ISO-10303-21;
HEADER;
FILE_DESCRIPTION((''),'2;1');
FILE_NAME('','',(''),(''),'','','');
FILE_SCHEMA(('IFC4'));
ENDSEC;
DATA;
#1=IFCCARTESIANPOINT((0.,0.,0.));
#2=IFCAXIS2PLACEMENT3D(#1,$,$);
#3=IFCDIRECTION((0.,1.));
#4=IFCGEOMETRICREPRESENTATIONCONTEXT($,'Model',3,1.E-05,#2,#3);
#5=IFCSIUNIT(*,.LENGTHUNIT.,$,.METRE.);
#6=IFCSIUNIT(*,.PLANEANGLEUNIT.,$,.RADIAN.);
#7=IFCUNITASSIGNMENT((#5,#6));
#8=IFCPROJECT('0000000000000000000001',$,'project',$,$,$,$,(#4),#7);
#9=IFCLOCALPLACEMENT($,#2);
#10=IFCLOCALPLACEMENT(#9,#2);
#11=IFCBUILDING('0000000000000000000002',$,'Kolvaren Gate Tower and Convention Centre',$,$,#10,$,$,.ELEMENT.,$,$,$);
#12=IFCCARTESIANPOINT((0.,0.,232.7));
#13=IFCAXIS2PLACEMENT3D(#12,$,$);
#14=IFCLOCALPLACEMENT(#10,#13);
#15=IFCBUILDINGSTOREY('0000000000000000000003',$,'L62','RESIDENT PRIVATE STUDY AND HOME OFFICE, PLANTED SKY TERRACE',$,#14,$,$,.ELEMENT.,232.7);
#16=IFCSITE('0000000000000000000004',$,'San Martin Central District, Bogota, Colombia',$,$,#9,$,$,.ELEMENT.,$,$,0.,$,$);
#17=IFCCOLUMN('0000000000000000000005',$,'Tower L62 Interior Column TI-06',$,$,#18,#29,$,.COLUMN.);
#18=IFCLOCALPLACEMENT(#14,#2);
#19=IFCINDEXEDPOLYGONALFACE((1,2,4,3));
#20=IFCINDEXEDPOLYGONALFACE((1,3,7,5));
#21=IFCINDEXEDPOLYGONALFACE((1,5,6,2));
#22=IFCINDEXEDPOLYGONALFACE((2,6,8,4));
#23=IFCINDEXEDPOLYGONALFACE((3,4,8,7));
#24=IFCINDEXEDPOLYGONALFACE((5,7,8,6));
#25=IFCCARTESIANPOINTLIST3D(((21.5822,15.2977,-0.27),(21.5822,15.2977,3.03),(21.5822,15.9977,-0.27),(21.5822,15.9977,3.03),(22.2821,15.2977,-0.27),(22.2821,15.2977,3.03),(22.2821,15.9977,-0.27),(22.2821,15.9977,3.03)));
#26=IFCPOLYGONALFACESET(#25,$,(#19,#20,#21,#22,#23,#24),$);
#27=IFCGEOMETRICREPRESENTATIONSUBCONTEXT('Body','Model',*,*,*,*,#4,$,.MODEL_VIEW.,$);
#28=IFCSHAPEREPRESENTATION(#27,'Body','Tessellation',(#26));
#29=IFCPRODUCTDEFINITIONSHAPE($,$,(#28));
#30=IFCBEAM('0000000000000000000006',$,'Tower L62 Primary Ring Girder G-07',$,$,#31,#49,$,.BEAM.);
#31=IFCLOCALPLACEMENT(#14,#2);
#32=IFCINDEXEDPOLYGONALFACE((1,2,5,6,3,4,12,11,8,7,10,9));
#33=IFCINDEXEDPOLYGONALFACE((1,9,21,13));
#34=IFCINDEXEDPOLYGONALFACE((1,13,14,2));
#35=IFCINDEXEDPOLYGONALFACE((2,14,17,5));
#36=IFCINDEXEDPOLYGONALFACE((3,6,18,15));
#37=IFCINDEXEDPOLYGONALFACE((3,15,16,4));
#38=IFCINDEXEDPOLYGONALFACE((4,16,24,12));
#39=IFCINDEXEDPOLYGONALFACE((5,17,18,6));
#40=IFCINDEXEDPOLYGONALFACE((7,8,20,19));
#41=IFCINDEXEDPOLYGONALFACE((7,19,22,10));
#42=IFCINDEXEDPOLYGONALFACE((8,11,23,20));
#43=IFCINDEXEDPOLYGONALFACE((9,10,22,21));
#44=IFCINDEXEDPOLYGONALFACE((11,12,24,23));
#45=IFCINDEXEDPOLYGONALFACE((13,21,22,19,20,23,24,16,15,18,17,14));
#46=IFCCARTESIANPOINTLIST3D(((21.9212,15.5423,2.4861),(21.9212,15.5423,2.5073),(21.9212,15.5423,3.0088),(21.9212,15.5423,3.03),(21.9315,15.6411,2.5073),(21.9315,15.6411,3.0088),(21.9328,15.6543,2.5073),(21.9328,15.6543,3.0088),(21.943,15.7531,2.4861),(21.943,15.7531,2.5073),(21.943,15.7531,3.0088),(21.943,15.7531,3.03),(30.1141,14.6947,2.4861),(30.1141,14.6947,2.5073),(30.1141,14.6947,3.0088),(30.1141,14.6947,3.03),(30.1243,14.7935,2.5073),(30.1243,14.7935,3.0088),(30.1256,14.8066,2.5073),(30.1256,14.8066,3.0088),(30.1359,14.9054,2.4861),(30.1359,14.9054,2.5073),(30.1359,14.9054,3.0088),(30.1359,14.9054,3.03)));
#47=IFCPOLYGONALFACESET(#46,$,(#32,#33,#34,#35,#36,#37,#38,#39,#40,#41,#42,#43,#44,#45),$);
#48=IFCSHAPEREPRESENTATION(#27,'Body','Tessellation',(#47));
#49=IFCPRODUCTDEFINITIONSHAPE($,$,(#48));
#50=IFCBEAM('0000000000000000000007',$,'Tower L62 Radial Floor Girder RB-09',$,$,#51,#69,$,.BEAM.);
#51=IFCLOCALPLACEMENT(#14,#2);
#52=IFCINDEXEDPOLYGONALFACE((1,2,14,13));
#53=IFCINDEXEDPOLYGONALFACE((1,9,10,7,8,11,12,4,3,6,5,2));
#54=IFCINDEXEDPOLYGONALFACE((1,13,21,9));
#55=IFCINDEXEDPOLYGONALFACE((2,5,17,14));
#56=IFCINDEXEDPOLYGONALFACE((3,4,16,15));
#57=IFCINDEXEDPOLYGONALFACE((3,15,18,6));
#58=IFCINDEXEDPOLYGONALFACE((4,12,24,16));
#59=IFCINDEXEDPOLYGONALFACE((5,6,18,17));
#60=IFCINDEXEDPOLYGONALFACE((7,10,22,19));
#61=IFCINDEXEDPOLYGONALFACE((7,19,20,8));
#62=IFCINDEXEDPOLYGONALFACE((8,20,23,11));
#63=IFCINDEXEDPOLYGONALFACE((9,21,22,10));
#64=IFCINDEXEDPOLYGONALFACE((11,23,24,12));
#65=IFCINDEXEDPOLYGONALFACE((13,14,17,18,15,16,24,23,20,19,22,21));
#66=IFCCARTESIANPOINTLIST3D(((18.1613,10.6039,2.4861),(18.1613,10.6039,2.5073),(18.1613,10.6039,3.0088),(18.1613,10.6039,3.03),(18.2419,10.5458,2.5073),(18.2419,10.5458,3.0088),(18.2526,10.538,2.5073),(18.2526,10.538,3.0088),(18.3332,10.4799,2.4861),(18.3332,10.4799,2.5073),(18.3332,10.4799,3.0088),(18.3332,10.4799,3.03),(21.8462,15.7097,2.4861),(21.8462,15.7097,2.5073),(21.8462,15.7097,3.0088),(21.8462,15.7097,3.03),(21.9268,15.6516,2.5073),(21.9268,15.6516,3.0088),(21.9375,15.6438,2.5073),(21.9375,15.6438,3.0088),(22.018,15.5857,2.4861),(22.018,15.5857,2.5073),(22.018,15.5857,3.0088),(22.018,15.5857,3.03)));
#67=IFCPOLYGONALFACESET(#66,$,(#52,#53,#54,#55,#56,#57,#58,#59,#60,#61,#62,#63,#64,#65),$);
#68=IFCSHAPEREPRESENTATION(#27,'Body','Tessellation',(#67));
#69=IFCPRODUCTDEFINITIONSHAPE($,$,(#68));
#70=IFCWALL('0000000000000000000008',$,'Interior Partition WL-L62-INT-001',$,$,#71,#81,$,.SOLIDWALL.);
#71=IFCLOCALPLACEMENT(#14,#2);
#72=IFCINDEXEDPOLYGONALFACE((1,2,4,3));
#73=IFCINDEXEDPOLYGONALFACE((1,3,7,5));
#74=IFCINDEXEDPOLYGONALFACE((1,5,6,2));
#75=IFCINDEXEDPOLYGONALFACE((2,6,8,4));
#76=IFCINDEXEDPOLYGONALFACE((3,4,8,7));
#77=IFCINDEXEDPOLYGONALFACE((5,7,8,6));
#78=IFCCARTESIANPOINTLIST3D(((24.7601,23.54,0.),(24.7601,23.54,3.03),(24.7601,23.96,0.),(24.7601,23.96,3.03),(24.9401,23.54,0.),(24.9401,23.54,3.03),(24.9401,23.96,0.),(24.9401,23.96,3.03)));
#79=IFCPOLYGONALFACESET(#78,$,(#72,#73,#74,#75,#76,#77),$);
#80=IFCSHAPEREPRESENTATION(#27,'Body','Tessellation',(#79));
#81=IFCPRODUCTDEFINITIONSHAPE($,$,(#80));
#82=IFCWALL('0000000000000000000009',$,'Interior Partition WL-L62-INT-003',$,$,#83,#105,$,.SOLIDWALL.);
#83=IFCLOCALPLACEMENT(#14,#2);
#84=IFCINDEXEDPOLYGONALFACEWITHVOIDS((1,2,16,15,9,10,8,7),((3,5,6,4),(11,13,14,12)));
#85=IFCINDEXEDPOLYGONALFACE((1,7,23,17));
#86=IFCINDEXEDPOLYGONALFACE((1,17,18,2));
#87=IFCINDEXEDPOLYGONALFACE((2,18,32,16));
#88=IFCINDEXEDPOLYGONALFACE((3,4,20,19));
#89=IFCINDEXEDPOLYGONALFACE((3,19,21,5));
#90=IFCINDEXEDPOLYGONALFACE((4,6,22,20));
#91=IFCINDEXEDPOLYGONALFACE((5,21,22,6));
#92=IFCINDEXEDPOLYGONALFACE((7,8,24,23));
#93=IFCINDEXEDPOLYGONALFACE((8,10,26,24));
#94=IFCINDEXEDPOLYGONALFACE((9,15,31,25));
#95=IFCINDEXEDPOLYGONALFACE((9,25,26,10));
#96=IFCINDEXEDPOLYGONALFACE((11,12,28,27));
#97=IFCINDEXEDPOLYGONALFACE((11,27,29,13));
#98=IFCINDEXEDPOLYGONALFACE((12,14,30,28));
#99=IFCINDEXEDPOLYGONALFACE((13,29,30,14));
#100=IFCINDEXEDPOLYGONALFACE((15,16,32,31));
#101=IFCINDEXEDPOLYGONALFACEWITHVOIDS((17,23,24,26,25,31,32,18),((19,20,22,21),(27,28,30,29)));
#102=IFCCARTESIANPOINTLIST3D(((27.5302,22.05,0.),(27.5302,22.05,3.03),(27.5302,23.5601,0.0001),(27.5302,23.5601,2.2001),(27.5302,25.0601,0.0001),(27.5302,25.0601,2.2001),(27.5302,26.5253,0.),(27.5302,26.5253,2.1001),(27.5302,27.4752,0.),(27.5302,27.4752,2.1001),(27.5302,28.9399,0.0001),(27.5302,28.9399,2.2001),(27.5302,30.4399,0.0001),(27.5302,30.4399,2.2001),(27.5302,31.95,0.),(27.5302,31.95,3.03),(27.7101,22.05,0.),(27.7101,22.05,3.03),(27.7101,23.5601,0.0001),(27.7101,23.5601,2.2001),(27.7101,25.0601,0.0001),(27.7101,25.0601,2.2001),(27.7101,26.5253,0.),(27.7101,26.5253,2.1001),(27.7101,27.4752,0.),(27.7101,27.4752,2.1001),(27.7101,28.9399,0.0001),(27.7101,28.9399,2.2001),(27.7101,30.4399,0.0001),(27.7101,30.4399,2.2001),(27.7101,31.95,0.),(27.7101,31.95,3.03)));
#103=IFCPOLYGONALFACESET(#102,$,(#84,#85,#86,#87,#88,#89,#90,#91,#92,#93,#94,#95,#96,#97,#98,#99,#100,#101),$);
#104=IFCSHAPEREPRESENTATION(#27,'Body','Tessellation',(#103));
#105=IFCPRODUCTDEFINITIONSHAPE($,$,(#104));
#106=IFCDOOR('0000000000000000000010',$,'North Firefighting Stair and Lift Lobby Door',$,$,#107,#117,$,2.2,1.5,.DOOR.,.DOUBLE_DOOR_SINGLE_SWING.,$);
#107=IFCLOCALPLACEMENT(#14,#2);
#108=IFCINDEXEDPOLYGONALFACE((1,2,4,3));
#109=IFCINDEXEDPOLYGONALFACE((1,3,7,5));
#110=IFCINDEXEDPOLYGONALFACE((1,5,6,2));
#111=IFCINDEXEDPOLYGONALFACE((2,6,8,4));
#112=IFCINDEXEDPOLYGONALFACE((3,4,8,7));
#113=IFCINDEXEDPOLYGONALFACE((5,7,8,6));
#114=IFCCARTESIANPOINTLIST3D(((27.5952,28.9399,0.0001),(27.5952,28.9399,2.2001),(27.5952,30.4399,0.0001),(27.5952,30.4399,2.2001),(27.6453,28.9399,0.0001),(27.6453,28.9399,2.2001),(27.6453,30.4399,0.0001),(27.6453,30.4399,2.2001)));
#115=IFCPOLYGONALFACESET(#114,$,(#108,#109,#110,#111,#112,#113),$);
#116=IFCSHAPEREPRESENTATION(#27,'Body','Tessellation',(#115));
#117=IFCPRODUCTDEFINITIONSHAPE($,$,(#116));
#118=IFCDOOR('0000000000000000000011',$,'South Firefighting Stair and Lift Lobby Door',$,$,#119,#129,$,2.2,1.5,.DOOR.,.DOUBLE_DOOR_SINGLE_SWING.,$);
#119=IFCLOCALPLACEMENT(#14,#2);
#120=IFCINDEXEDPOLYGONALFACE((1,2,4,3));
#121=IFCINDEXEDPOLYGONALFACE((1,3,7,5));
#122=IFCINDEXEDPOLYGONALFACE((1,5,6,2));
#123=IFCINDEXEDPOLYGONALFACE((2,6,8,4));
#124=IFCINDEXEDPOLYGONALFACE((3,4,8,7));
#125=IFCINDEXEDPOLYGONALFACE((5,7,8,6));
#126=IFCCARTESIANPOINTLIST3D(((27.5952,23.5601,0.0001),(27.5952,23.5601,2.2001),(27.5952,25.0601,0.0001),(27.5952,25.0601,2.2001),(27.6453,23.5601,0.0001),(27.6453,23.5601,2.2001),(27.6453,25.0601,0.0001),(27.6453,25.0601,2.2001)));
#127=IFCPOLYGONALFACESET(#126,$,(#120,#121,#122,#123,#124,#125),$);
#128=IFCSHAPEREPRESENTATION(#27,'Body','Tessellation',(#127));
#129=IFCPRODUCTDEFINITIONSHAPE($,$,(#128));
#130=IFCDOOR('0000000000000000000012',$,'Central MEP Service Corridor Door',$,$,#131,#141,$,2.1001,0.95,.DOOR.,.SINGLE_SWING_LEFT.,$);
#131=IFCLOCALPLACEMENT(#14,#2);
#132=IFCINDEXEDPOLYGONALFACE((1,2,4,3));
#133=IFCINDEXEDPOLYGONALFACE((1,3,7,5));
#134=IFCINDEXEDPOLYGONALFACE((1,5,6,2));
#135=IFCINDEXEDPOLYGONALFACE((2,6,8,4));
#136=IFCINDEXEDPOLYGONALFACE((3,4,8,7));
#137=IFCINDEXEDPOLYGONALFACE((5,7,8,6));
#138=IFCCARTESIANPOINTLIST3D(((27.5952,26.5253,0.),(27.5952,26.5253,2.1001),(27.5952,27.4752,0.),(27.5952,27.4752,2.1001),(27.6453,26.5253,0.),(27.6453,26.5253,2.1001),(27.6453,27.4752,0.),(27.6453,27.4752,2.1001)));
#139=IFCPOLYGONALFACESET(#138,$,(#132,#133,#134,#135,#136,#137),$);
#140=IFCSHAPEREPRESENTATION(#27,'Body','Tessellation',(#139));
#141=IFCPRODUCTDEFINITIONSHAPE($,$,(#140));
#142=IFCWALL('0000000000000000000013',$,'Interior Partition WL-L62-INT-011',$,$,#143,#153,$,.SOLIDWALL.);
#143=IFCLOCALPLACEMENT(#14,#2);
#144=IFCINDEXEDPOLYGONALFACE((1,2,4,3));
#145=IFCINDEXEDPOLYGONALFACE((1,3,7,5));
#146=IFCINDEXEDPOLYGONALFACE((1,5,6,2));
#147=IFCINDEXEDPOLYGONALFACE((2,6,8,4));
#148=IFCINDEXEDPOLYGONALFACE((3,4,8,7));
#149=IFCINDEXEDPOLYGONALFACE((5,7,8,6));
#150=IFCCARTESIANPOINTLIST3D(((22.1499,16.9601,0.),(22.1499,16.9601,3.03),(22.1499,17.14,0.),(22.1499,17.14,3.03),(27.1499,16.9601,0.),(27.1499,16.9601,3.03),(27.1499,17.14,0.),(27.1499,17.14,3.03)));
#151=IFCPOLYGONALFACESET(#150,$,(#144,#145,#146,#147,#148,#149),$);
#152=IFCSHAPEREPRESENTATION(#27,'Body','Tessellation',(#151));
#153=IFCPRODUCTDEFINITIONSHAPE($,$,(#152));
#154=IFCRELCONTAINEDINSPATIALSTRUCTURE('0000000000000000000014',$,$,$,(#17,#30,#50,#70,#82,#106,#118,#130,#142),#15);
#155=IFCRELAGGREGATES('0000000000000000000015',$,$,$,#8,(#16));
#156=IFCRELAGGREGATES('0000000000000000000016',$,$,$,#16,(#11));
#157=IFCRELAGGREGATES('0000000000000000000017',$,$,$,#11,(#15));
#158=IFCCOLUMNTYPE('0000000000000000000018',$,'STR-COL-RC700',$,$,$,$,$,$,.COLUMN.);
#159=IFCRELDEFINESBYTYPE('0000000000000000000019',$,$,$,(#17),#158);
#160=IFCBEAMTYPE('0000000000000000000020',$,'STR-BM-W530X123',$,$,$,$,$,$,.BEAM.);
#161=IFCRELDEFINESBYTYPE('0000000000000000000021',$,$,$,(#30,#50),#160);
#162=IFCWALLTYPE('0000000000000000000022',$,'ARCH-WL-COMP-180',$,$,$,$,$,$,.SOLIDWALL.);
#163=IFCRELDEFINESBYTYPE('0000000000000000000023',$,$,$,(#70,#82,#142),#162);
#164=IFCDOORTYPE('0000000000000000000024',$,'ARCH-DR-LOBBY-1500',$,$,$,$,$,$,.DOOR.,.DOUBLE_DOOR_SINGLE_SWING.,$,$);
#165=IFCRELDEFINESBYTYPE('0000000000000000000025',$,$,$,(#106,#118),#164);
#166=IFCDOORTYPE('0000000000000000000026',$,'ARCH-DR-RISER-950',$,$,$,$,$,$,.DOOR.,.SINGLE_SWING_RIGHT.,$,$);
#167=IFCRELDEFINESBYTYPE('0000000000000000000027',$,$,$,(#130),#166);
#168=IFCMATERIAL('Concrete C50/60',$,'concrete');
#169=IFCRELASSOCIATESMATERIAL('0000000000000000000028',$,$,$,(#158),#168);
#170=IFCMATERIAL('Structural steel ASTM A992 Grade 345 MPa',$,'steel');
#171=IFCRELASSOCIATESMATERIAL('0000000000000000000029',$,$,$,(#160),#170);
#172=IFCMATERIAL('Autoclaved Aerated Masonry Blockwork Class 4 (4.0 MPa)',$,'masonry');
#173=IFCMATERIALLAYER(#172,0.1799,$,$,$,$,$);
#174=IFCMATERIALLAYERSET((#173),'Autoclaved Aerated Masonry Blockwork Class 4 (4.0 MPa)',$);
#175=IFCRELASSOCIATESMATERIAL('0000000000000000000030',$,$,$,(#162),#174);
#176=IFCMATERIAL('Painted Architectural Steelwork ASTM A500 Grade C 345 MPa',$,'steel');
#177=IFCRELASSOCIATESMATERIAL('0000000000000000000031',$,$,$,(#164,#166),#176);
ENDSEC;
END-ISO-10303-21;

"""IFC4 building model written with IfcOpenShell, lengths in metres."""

from ifc_helpers import new_model, si_unit, direction, frame, frame_2d, origin, origin_2d, place, context, subcontext, project, spatial, rectangle, i_section, extrude, material, layer, layer_set, material_profile, profile_set, type_object, element, fill, save


model = new_model("IFC4")

# Units and contexts
model_context = context("Model", 3, precision=1e-05, world=origin(), true_north=direction((0.0, 1.0)))
body_context = subcontext(model_context, "Body", "Model", "MODEL_VIEW")
ifc_project = project(units=[si_unit("LENGTHUNIT", "METRE"), si_unit("PLANEANGLEUNIT", "RADIAN")], contexts=[model_context])

# Site, building, storey
site_placement = place(None, origin())
site = spatial("IfcSite", under=ifc_project, at=site_placement, Name="San Martin Central District, Bogota, Colombia", CompositionType="ELEMENT", RefElevation=0.0)
building_placement = place(site_placement, origin())
building = spatial("IfcBuilding", under=site, at=building_placement, Name="Kolvaren Gate Tower and Convention Centre", CompositionType="ELEMENT")
storey_placement = place(building_placement, frame((0.0, 0.0, 232.7)))
storey = spatial("IfcBuildingStorey", under=building, at=storey_placement, Name="L62", Description="RESIDENT PRIVATE STUDY AND HOME OFFICE, PLANTED SKY TERRACE", CompositionType="ELEMENT", Elevation=232.7)

# Column
ifc_material_1 = material(Name="Concrete C50/60", Category="concrete")
ifc_material_profile_1 = material_profile(ifc_material_1, rectangle(XDim=0.7, YDim=0.7, at=origin_2d()), Name="RC-COL-700X700")
ifc_profile_set_1 = profile_set([ifc_material_profile_1], Name="Concrete C50/60")
column_type = type_object("IfcColumnType", Name="STR-COL-RC700", PredefinedType="COLUMN", material=ifc_profile_set_1)
column_placement = place(storey_placement, frame((21.9321, 15.6477, -0.27), z_axis=(0.0, 0.0, 1.0), x_axis=(1.0, 0.0, 0.0)))
element("IfcColumn", 1, at=column_placement, inside=storey, type_object=column_type, Name="Tower L62 Interior Column TI-06", PredefinedType="COLUMN", context=body_context, shape_type="SweptSolid", body=[
    extrude(rectangle(XDim=0.7, YDim=0.7, at=origin_2d()), origin(), (0.0, 0.0, 1.0), 3.3),
])

# Beams
ifc_material_2 = material(Name="Structural steel ASTM A992 Grade 345 MPa", Category="steel")
ifc_material_profile_2 = material_profile(ifc_material_2, i_section(OverallWidth=0.2119, OverallDepth=0.5439, WebThickness=0.0132, FlangeThickness=0.0212, at=origin_2d()), Name="W530X123")
ifc_profile_set_2 = profile_set([ifc_material_profile_2], Name="Structural steel ASTM A992 Grade 345 MPa")
beam_type = type_object("IfcBeamType", Name="STR-BM-W530X123", PredefinedType="BEAM", material=ifc_profile_set_2)
beam_1_placement = place(storey_placement, frame((21.9321, 15.6477, 2.7581), z_axis=(0.99469, -0.102913, 0.0), x_axis=(0.102913, 0.99469, 0.0)))
element("IfcBeam", 2, at=beam_1_placement, inside=storey, type_object=beam_type, Name="Tower L62 Primary Ring Girder G-07", PredefinedType="BEAM", context=body_context, shape_type="SweptSolid", body=[
    extrude(i_section(OverallWidth=0.2119, OverallDepth=0.5439, WebThickness=0.0132, FlangeThickness=0.0212, at=origin_2d()), origin(), (0.0, 0.0, 1.0), 8.2366),
])
beam_2_placement = place(storey_placement, frame((21.9321, 15.6477, 2.7581), z_axis=(-0.585214, -0.810879, 0.0), x_axis=(0.810879, -0.585214, 0.0)))
element("IfcBeam", 3, at=beam_2_placement, inside=storey, type_object=beam_type, Name="Tower L62 Radial Floor Girder RB-09", PredefinedType="BEAM", context=body_context, shape_type="SweptSolid", body=[
    extrude(i_section(OverallWidth=0.2119, OverallDepth=0.5439, WebThickness=0.0132, FlangeThickness=0.0212, at=origin_2d()), origin(), (0.0, 0.0, 1.0), 6.2966),
])

# Wall
ifc_material_3 = material(Name="Autoclaved Aerated Masonry Blockwork Class 4 (4.0 MPa)", Category="masonry")
ifc_layer_1 = layer(ifc_material_3, 0.1799)
ifc_layer_set_1 = layer_set([ifc_layer_1], Name="Autoclaved Aerated Masonry Blockwork Class 4 (4.0 MPa)")
wall_type_1 = type_object("IfcWallType", Name="ARCH-WL-COMP-180", PredefinedType="SOLIDWALL", material=ifc_layer_set_1)
wall_1_placement = place(storey_placement, frame((24.8501, 23.54, 0.0), z_axis=(0.0, 0.0, 1.0), x_axis=(0.0, 1.0, 0.0)))
element("IfcWall", 4, at=wall_1_placement, inside=storey, type_object=wall_type_1, Name="Interior Partition WL-L62-INT-001", PredefinedType="SOLIDWALL", context=body_context, shape_type="SweptSolid", body=[
    extrude(rectangle(XDim=0.4199, YDim=0.1799, at=frame_2d((0.21, 0.0))), origin(), (0.0, 0.0, 1.0), 3.03),
])

# Wall, openings, doors
wall_2_placement = place(storey_placement, frame((27.6201, 22.05, 0.0), z_axis=(0.0, 0.0, 1.0), x_axis=(0.0, 1.0, 0.0)))
wall_2 = element("IfcWall", 5, at=wall_2_placement, inside=storey, type_object=wall_type_1, Name="Interior Partition WL-L62-INT-003", PredefinedType="SOLIDWALL", context=body_context, shape_type="SweptSolid", body=[
    extrude(rectangle(XDim=9.8999, YDim=0.1799, at=frame_2d((4.95, 0.0))), origin(), (0.0, 0.0, 1.0), 3.03),
])
opening_1_placement = place(wall_2_placement, frame((4.4751, 0.0, 0.0)))
opening_1 = element("IfcOpeningElement", 6, at=opening_1_placement, cuts=wall_2, PredefinedType="OPENING", context=body_context, shape_type="SweptSolid", body=[
    extrude(rectangle(XDim=0.95, YDim=2.1001, at=frame_2d((0.4751, 1.05))), frame((0.0, 0.0999, 0.0), z_axis=(0.0, -1.0, 0.0), x_axis=(1.0, 0.0, 0.0)), (0.0, 0.0, 1.0), 0.2),
])
opening_2_placement = place(wall_2_placement, frame((6.8899, 0.0, 0.0)))
opening_2 = element("IfcOpeningElement", 7, at=opening_2_placement, cuts=wall_2, PredefinedType="OPENING", context=body_context, shape_type="SweptSolid", body=[
    extrude(rectangle(XDim=1.5, YDim=2.2, at=frame_2d((0.75, 1.1001))), frame((0.0, 0.0999, 0.0), z_axis=(0.0, -1.0, 0.0), x_axis=(1.0, 0.0, 0.0)), (0.0, 0.0, 1.0), 0.2),
])
opening_3_placement = place(wall_2_placement, frame((1.51, 0.0, 0.0)))
opening_3 = element("IfcOpeningElement", 8, at=opening_3_placement, cuts=wall_2, PredefinedType="OPENING", context=body_context, shape_type="SweptSolid", body=[
    extrude(rectangle(XDim=1.5, YDim=2.2, at=frame_2d((0.75, 1.1001))), frame((0.0, 0.0999, 0.0), z_axis=(0.0, -1.0, 0.0), x_axis=(1.0, 0.0, 0.0)), (0.0, 0.0, 1.0), 0.2),
])
ifc_material_4 = material(Name="Painted Architectural Steelwork ASTM A500 Grade C 345 MPa", Category="steel")
door_type_1 = type_object("IfcDoorType", Name="ARCH-DR-LOBBY-1500", OperationType="DOUBLE_DOOR_SINGLE_SWING", PredefinedType="DOOR", material=ifc_material_4)
door_1_placement = place(opening_2_placement, origin())
door_1 = element("IfcDoor", 9, at=door_1_placement, inside=storey, type_object=door_type_1, Name="North Firefighting Stair and Lift Lobby Door", OperationType="DOUBLE_DOOR_SINGLE_SWING", OverallHeight=2.2, OverallWidth=1.5, PredefinedType="DOOR", context=body_context, shape_type="SweptSolid", body=[
    extrude(rectangle(XDim=1.5, YDim=2.2, at=frame_2d((0.75, 1.1001))), frame((0.0, 0.0249, 0.0), z_axis=(0.0, -1.0, 0.0), x_axis=(1.0, 0.0, 0.0)), (0.0, 0.0, 1.0), 0.05),
])
fill(opening_2, door_1)
door_2_placement = place(opening_3_placement, origin())
door_2 = element("IfcDoor", 10, at=door_2_placement, inside=storey, type_object=door_type_1, Name="South Firefighting Stair and Lift Lobby Door", OperationType="DOUBLE_DOOR_SINGLE_SWING", OverallHeight=2.2, OverallWidth=1.5, PredefinedType="DOOR", context=body_context, shape_type="SweptSolid", body=[
    extrude(rectangle(XDim=1.5, YDim=2.2, at=frame_2d((0.75, 1.1001))), frame((0.0, 0.0249, 0.0), z_axis=(0.0, -1.0, 0.0), x_axis=(1.0, 0.0, 0.0)), (0.0, 0.0, 1.0), 0.05),
])
fill(opening_3, door_2)
door_type_2 = type_object("IfcDoorType", Name="ARCH-DR-RISER-950", OperationType="SINGLE_SWING_RIGHT", PredefinedType="DOOR", material=ifc_material_4)
door_3_placement = place(opening_1_placement, origin())
door_3 = element("IfcDoor", 11, at=door_3_placement, inside=storey, type_object=door_type_2, Name="Central MEP Service Corridor Door", OperationType="SINGLE_SWING_LEFT", OverallHeight=2.1001, OverallWidth=0.95, PredefinedType="DOOR", context=body_context, shape_type="SweptSolid", body=[
    extrude(rectangle(XDim=0.95, YDim=2.1001, at=frame_2d((0.4751, 1.05))), frame((0.0, 0.0249, 0.0), z_axis=(0.0, -1.0, 0.0), x_axis=(1.0, 0.0, 0.0)), (0.0, 0.0, 1.0), 0.05),
])
fill(opening_1, door_3)

# Wall
wall_3_placement = place(storey_placement, frame((22.1499, 17.05, 0.0), z_axis=(0.0, 0.0, 1.0), x_axis=(1.0, 0.0, 0.0)))
element("IfcWall", 12, at=wall_3_placement, inside=storey, type_object=wall_type_1, Name="Interior Partition WL-L62-INT-011", PredefinedType="SOLIDWALL", context=body_context, shape_type="SweptSolid", body=[
    extrude(rectangle(XDim=5.0, YDim=0.1799, at=frame_2d((2.5, 0.0))), origin(), (0.0, 0.0, 1.0), 3.03),
])

save(model, "model.ifc")
